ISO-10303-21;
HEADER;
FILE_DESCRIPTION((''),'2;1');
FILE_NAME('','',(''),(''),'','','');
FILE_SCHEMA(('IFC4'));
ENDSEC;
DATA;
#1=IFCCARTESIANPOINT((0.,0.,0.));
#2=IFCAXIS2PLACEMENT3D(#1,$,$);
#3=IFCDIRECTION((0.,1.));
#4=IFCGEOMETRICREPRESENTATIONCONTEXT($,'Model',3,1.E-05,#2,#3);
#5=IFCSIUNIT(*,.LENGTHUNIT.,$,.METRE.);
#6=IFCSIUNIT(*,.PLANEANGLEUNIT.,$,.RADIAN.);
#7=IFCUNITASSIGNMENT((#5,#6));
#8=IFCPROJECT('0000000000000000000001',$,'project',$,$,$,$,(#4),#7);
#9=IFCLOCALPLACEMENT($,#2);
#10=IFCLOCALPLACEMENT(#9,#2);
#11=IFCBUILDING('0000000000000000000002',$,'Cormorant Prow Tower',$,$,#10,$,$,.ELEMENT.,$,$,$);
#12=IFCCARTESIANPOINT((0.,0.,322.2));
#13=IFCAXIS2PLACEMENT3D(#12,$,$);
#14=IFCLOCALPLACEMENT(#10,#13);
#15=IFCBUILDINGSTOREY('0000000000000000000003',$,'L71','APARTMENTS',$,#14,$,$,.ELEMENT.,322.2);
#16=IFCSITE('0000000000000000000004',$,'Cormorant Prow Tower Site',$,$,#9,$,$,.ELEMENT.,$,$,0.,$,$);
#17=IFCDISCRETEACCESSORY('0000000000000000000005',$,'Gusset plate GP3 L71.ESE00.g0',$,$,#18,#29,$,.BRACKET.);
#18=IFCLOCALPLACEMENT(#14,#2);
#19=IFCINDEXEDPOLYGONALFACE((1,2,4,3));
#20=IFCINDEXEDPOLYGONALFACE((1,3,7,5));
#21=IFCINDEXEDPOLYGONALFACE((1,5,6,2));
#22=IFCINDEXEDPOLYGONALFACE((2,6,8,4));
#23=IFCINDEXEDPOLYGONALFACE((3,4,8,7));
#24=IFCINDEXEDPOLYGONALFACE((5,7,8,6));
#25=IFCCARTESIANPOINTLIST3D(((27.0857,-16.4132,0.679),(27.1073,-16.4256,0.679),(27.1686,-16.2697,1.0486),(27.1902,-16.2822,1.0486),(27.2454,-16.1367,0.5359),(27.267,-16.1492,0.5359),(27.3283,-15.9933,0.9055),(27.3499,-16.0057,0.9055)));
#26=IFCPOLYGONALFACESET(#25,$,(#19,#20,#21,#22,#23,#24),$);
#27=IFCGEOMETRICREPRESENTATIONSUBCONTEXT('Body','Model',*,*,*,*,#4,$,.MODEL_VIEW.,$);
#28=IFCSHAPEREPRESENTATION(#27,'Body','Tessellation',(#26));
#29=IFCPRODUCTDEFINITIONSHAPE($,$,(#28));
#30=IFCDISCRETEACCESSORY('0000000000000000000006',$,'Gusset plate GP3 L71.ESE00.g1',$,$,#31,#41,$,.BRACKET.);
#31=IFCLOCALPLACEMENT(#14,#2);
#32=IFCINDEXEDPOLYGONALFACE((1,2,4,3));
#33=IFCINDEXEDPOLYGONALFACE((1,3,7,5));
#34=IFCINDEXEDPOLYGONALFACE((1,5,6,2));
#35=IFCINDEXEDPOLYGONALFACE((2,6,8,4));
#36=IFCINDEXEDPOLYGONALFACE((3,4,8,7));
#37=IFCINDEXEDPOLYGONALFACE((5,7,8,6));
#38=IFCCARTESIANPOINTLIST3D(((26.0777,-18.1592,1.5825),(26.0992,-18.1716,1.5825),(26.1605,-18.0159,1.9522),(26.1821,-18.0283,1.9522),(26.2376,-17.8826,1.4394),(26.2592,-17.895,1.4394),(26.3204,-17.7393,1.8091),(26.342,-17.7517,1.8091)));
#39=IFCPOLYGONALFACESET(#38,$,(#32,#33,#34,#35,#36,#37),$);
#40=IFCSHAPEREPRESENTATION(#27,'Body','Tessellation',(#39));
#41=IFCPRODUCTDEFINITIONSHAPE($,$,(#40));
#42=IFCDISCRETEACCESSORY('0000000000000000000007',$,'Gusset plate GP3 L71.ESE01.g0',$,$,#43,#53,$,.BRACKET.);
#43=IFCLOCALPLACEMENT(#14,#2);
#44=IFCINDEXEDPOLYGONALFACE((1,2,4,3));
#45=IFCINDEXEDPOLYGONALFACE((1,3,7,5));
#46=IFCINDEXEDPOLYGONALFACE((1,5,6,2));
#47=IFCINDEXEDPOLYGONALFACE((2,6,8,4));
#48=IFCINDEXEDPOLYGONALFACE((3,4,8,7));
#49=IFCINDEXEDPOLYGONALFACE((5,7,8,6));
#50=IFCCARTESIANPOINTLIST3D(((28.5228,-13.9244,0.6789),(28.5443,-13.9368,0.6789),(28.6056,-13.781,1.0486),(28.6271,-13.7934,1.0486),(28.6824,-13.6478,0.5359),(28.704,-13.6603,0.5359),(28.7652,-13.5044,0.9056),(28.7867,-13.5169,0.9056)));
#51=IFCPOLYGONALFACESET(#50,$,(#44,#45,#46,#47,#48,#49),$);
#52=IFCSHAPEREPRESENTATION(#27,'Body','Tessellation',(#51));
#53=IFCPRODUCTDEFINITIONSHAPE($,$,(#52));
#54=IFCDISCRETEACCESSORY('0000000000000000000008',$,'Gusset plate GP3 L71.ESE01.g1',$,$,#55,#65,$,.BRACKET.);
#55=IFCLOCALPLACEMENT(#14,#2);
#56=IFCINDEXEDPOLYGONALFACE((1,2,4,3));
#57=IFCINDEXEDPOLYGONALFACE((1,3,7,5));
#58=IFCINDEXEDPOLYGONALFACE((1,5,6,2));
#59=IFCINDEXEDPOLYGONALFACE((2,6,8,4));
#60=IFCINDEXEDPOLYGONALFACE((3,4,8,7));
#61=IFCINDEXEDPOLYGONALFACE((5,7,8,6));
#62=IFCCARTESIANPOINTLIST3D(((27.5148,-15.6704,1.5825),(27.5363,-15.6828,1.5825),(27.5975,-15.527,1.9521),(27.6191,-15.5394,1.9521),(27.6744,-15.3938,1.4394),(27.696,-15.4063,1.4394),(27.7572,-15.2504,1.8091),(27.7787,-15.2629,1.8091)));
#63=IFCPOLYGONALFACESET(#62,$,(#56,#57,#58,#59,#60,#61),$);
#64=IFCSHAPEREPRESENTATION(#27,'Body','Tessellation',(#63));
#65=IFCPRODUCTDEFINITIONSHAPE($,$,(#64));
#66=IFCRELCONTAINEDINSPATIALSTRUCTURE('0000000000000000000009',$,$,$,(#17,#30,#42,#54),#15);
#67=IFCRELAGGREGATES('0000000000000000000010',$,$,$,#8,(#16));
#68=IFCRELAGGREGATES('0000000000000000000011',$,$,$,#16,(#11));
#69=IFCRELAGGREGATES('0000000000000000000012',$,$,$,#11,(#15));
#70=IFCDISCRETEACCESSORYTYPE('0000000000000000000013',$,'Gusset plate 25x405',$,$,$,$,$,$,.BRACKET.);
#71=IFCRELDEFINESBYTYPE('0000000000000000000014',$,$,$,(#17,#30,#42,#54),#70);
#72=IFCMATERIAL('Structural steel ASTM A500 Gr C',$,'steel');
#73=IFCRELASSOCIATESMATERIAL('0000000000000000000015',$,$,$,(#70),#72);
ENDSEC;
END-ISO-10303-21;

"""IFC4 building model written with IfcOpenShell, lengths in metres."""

from ifc_helpers import new_model, si_unit, direction, frame, origin, origin_2d, place, context, subcontext, project, spatial, rectangle, extrude, material, material_profile, profile_set, type_object, element, save


model = new_model("IFC4")

# Units and contexts
model_context = context("Model", 3, precision=1e-05, world=origin(), true_north=direction((0.0, 1.0)))
body_context = subcontext(model_context, "Body", "Model", "MODEL_VIEW")
ifc_project = project(units=[si_unit("LENGTHUNIT", "METRE"), si_unit("PLANEANGLEUNIT", "RADIAN")], contexts=[model_context])

# Site, building, storey
site_placement = place(None, origin())
site = spatial("IfcSite", under=ifc_project, at=site_placement, Name="Cormorant Prow Tower Site", CompositionType="ELEMENT", RefElevation=0.0)
building_placement = place(site_placement, origin())
building = spatial("IfcBuilding", under=site, at=building_placement, Name="Cormorant Prow Tower", CompositionType="ELEMENT")
storey_placement = place(building_placement, frame((0.0, 0.0, 322.2)))
storey = spatial("IfcBuildingStorey", under=building, at=storey_placement, Name="L71", Description="APARTMENTS", CompositionType="ELEMENT", Elevation=322.2)

# Discrete accessories
ifc_material_1 = material(Name="Structural steel ASTM A500 Gr C", Category="steel")
ifc_material_profile_1 = material_profile(ifc_material_1, rectangle(XDim=0.0249, YDim=0.405, at=origin_2d()), Name="Gusset plate 25x405")
ifc_profile_set_1 = profile_set([ifc_material_profile_1], Name="Structural steel ASTM A500 Gr C")
discrete_accessory_type = type_object("IfcDiscreteAccessoryType", Name="Gusset plate 25x405", PredefinedType="BRACKET", material=ifc_profile_set_1)
discrete_accessory_1_placement = place(storey_placement, frame((27.1379, -16.3477, 0.8638), z_axis=(0.456491, 0.790135, -0.409027), x_axis=(-0.86588, 0.500252, 0.0)))
element("IfcDiscreteAccessory", 1, at=discrete_accessory_1_placement, inside=storey, type_object=discrete_accessory_type, Name="Gusset plate GP3 L71.ESE00.g0", PredefinedType="BRACKET", context=body_context, shape_type="SweptSolid", body=[
    extrude(rectangle(XDim=0.0249, YDim=0.405, at=origin_2d()), origin(), (0.0, 0.0, 1.0), 0.3499),
])
discrete_accessory_2_placement = place(storey_placement, frame((26.2898, -17.8171, 1.6243), z_axis=(-0.456792, -0.790145, 0.408672), x_axis=(0.86574, -0.500494, 0.0)))
element("IfcDiscreteAccessory", 2, at=discrete_accessory_2_placement, inside=storey, type_object=discrete_accessory_type, Name="Gusset plate GP3 L71.ESE00.g1", PredefinedType="BRACKET", context=body_context, shape_type="SweptSolid", body=[
    extrude(rectangle(XDim=0.0249, YDim=0.405, at=origin_2d()), origin(), (0.0, 0.0, 1.0), 0.3501),
])
for number, where, z_axis, x_axis, name in (
    (3, (28.575, -13.8589, 0.8638), (0.456239, 0.790397, -0.408802), (-0.866071, 0.499921, 0.0), "Gusset plate GP3 L71.ESE01.g0"),
    (4, (27.7266, -15.3284, 1.6243), (-0.456239, -0.790397, 0.408802), (0.866071, -0.499921, 0.0), "Gusset plate GP3 L71.ESE01.g1"),
):
    element("IfcDiscreteAccessory", number, at=place(storey_placement, frame(where, z_axis=z_axis, x_axis=x_axis)), inside=storey, type_object=discrete_accessory_type, Name=name, PredefinedType="BRACKET", context=body_context, shape_type="SweptSolid", body=[
        extrude(rectangle(XDim=0.0249, YDim=0.405, at=origin_2d()), origin(), (0.0, 0.0, 1.0), 0.3499),
    ])

save(model, "model.ifc")
